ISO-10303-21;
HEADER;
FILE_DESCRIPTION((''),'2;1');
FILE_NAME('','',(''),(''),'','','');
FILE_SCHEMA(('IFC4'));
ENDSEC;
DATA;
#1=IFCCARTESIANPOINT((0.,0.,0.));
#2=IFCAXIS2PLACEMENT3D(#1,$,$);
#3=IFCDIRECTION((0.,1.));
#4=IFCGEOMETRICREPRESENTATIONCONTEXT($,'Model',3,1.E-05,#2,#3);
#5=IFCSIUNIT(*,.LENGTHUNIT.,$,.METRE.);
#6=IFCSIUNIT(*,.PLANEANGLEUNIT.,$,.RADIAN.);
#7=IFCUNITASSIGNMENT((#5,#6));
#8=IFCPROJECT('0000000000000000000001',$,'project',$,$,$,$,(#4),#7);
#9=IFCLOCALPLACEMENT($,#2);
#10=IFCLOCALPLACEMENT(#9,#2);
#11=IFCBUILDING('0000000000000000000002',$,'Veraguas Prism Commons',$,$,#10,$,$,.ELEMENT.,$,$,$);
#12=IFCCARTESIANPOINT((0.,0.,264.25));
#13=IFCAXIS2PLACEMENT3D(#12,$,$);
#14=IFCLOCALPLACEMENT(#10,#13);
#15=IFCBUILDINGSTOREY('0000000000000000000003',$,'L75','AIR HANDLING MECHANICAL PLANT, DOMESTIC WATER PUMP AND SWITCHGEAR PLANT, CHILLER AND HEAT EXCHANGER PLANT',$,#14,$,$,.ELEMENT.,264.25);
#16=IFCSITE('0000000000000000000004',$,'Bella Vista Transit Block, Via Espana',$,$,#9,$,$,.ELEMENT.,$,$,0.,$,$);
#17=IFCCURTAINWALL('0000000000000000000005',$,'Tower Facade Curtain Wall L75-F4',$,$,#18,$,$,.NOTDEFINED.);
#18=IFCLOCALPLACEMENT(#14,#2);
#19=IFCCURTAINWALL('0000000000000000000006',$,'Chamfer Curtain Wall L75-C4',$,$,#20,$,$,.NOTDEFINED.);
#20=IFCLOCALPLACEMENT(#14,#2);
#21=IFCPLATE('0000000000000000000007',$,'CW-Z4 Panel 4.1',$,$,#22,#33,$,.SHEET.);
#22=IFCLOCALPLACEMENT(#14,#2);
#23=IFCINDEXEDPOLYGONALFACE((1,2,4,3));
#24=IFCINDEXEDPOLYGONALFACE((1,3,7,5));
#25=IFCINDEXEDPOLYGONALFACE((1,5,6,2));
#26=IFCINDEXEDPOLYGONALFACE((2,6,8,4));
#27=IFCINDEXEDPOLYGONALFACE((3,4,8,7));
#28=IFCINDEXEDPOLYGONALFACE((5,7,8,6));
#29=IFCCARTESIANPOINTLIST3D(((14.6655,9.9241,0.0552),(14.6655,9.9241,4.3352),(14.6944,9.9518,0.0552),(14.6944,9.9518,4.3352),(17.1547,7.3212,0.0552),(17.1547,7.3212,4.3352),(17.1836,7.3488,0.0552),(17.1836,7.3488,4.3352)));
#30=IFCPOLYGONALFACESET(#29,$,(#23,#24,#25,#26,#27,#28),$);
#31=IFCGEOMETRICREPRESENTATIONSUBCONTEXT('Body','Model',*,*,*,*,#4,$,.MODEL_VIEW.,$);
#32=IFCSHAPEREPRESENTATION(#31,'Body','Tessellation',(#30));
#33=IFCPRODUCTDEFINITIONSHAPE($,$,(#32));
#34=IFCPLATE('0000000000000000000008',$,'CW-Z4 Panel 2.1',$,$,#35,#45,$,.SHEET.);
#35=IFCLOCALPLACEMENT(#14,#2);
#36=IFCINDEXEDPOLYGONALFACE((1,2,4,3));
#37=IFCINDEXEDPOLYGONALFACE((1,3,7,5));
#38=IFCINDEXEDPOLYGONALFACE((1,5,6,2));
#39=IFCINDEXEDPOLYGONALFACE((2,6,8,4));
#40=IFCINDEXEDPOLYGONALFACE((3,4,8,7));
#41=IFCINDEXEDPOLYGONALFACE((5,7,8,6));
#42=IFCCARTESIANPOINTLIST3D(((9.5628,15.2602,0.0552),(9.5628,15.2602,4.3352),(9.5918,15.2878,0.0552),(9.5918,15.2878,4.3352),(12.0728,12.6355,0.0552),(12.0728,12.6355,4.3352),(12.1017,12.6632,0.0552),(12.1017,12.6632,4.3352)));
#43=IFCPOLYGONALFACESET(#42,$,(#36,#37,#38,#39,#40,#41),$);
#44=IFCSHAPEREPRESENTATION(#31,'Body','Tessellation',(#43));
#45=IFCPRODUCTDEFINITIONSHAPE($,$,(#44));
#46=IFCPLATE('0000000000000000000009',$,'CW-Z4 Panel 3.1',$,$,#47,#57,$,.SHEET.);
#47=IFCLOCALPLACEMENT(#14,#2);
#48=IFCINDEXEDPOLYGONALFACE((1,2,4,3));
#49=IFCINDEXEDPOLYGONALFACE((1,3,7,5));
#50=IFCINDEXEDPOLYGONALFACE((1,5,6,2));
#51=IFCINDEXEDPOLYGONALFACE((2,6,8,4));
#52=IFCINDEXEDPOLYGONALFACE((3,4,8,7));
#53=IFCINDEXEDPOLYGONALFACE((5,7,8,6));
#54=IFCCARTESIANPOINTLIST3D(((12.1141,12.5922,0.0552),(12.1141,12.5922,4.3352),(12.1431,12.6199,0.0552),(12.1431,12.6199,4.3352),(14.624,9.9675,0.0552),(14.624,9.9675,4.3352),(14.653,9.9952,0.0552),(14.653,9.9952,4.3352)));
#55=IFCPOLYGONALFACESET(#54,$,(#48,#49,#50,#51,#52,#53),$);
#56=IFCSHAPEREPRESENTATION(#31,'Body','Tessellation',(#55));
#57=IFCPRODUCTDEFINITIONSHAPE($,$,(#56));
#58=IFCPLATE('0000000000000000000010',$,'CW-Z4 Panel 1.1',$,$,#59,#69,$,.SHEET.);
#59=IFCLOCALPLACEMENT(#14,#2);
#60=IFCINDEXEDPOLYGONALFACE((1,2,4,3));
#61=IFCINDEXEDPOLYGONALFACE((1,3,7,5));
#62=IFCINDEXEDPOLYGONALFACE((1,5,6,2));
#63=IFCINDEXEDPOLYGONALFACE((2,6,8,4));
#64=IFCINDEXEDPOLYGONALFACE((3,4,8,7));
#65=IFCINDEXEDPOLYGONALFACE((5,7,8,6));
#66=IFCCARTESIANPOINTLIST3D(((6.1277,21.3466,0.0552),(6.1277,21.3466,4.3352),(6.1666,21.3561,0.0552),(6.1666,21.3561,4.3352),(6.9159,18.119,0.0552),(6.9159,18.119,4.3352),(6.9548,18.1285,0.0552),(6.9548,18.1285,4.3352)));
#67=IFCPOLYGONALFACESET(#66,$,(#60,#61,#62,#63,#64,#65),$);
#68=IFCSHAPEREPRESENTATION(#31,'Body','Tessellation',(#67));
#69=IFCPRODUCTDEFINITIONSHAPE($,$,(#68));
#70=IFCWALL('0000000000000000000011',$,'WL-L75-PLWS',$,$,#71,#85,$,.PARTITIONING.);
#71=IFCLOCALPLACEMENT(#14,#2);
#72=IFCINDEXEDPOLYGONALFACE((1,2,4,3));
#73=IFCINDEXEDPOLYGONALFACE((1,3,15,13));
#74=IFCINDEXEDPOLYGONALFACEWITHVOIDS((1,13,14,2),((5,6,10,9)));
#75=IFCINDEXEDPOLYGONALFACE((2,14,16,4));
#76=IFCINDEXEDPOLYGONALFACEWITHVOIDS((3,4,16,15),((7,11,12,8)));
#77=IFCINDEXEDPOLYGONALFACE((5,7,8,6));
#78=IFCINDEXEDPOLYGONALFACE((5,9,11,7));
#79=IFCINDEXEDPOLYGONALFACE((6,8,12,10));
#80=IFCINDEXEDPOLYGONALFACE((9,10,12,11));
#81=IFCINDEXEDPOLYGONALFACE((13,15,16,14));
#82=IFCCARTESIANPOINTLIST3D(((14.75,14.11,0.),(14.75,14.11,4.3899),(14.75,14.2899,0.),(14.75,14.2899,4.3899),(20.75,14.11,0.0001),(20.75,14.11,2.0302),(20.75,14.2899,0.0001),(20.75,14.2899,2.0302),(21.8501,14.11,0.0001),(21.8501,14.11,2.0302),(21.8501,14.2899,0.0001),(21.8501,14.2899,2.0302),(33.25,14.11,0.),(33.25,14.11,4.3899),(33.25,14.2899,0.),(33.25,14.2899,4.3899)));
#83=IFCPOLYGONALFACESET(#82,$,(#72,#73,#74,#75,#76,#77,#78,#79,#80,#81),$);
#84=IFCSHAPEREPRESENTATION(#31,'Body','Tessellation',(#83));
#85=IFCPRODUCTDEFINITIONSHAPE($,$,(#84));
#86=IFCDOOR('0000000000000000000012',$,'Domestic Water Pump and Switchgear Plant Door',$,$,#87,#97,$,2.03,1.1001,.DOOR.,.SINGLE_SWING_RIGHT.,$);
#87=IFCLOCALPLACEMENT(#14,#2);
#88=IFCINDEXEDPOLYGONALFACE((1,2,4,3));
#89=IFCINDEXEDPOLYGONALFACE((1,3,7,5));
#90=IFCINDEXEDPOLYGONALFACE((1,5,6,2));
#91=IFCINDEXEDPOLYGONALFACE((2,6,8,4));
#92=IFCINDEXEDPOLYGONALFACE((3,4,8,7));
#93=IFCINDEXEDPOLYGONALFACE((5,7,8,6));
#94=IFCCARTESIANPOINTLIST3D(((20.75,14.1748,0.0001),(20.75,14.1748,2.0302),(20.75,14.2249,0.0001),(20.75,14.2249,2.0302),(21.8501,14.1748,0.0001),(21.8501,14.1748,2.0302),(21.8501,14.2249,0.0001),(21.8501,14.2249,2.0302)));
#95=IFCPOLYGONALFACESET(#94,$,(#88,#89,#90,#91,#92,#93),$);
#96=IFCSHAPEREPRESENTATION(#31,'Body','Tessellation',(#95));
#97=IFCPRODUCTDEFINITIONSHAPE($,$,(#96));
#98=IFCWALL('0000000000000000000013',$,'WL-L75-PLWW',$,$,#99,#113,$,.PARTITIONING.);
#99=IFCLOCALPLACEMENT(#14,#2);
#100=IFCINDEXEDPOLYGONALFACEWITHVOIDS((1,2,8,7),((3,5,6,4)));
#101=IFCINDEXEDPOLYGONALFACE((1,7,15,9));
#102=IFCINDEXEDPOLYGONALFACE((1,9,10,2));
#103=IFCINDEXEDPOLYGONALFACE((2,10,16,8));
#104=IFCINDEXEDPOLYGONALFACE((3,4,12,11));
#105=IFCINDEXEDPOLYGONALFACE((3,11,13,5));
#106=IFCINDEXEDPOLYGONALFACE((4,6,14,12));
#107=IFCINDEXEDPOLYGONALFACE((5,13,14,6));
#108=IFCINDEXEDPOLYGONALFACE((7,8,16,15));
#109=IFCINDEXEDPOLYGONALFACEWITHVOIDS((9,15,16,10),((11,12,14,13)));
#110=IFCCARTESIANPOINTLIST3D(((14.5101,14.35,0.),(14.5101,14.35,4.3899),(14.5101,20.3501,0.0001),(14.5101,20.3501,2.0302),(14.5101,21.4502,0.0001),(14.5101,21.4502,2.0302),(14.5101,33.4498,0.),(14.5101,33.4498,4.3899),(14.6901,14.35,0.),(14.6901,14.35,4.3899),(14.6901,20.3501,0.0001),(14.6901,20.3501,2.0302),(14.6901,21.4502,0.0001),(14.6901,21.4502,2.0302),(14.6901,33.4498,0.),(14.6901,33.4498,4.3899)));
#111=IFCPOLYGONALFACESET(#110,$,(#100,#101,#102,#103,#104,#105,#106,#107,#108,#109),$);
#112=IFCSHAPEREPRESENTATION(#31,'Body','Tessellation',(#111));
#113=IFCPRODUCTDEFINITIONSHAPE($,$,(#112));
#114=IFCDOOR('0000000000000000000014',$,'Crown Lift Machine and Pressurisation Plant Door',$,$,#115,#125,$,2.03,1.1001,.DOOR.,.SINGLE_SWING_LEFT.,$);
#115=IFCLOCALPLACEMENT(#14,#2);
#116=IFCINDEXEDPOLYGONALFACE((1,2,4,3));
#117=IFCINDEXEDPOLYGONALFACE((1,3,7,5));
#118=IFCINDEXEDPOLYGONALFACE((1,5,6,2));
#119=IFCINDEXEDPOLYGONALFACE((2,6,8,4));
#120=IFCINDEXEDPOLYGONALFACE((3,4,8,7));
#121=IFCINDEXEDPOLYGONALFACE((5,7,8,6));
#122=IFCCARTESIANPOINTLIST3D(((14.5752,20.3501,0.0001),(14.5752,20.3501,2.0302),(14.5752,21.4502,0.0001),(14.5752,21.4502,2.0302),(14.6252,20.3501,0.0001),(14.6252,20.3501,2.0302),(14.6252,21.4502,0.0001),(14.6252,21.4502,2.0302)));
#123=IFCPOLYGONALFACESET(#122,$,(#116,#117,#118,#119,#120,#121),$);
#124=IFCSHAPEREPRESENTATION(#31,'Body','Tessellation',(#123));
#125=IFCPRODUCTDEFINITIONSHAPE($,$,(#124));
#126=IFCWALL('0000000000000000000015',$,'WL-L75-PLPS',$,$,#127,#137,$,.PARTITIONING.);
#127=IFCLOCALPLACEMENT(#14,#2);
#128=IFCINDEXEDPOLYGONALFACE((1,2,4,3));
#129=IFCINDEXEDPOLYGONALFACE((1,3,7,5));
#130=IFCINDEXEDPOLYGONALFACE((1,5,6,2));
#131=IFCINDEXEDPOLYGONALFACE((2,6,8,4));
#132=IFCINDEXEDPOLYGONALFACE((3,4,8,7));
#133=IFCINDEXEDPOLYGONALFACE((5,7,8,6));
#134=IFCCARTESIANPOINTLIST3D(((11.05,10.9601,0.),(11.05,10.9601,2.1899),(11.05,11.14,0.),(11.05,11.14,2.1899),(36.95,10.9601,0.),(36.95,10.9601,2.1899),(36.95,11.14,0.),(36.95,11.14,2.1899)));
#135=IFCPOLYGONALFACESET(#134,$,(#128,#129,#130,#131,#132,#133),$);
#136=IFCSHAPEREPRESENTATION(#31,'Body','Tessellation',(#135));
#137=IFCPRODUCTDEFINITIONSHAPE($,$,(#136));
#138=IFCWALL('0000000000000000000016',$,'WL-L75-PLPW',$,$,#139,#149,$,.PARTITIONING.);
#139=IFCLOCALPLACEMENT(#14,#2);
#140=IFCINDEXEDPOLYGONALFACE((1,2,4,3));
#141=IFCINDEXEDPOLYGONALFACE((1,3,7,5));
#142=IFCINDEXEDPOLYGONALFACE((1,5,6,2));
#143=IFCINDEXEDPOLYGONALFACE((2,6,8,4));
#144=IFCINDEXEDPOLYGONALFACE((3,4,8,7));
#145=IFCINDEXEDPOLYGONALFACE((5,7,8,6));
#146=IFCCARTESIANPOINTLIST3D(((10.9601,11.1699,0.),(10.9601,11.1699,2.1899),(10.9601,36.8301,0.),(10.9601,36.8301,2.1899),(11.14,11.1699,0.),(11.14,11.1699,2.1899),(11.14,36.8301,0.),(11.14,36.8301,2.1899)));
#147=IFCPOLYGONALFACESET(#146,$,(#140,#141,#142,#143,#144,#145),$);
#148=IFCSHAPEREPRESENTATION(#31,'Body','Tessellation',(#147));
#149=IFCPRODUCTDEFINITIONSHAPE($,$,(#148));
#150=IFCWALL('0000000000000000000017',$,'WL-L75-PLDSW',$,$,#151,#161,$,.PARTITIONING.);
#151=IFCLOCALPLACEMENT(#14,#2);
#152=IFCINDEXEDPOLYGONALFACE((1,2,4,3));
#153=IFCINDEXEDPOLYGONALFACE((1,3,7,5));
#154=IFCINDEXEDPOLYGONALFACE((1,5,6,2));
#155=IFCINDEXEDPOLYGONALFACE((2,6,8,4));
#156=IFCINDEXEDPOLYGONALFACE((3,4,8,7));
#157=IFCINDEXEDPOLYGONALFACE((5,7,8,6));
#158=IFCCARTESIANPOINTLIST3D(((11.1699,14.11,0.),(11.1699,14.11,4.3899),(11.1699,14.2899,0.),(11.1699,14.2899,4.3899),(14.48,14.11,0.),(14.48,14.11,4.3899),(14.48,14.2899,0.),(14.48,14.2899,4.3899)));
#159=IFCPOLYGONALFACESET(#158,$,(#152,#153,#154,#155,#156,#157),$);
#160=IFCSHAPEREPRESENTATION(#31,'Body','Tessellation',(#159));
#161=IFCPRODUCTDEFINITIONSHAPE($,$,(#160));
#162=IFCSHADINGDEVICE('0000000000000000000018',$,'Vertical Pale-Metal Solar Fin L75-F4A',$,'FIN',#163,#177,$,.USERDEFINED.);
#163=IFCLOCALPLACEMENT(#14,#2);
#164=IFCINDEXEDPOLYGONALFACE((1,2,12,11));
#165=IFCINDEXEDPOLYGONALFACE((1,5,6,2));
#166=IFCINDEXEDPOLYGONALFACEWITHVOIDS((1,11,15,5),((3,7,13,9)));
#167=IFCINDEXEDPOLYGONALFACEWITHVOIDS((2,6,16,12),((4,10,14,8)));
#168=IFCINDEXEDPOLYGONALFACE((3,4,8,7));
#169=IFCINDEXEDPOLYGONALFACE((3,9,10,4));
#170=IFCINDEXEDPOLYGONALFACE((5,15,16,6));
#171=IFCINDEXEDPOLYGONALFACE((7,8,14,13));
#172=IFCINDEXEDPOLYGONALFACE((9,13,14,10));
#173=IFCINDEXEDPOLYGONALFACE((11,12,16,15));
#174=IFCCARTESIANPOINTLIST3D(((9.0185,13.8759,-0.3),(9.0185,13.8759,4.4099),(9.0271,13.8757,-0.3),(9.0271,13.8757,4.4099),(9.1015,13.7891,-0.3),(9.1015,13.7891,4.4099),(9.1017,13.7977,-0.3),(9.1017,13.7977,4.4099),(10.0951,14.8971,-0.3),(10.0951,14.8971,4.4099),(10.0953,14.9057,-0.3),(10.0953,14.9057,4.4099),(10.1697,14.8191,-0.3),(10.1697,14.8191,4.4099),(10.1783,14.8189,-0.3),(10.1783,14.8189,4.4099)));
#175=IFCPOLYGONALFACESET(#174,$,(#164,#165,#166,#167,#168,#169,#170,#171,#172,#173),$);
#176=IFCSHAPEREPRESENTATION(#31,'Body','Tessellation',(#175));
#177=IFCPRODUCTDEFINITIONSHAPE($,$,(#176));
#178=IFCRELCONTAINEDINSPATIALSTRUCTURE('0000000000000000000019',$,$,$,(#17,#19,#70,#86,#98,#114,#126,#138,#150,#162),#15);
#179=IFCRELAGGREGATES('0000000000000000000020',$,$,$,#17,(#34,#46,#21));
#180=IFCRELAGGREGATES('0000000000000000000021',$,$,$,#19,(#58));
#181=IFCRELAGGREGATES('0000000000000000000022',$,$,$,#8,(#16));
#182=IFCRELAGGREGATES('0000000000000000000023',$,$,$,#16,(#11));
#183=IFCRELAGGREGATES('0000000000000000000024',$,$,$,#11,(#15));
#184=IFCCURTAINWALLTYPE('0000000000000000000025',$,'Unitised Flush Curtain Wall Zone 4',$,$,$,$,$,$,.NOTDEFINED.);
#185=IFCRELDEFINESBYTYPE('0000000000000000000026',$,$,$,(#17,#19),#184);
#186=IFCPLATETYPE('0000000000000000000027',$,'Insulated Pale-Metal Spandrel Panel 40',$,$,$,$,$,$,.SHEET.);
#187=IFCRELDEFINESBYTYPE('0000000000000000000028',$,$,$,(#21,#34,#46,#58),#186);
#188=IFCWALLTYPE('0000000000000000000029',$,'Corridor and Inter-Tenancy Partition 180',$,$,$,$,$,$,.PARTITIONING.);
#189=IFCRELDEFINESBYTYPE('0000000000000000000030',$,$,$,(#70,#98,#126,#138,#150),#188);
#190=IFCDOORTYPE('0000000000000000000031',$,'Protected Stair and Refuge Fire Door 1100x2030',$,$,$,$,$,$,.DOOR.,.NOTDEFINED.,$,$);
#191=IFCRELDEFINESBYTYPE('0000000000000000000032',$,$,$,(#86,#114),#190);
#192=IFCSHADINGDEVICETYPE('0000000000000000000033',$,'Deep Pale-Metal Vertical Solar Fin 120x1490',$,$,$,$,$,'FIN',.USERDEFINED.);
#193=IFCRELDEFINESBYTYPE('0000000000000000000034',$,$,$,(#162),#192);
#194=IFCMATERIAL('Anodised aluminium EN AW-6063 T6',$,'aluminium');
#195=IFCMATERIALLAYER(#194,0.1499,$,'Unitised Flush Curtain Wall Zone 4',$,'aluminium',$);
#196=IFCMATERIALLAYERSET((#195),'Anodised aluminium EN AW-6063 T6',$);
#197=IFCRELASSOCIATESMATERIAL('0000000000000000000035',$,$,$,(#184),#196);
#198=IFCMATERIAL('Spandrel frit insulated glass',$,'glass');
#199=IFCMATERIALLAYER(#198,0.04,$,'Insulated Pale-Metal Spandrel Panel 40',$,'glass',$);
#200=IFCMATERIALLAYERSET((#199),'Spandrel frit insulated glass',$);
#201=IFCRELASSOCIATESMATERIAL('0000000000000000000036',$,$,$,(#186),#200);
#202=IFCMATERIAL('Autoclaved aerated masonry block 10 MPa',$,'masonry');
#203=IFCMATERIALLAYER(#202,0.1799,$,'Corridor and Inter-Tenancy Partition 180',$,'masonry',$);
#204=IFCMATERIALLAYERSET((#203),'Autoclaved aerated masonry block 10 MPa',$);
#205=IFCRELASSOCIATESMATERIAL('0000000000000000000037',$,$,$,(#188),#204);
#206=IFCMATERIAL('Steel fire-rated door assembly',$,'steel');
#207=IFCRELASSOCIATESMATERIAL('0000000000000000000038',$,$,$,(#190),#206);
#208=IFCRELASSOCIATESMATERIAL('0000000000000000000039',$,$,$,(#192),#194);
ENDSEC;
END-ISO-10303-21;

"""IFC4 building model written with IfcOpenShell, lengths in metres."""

from ifc_helpers import new_model, si_unit, direction, frame, frame_2d, origin, origin_2d, place, context, subcontext, project, spatial, rectangle, hollow_rectangle, extrude, source, transform, mapped, material, layer, layer_set, material_profile, profile_set, type_object, element, fill, aggregate, save


model = new_model("IFC4")

# Units and contexts
model_context = context("Model", 3, precision=1e-05, world=origin(), true_north=direction((0.0, 1.0)))
body_context = subcontext(model_context, "Body", "Model", "MODEL_VIEW")
ifc_project = project(units=[si_unit("LENGTHUNIT", "METRE"), si_unit("PLANEANGLEUNIT", "RADIAN")], contexts=[model_context])

# Site, building, storey
site_placement = place(None, origin())
site = spatial("IfcSite", under=ifc_project, at=site_placement, Name="Bella Vista Transit Block, Via Espana", CompositionType="ELEMENT", RefElevation=0.0)
building_placement = place(site_placement, origin())
building = spatial("IfcBuilding", under=site, at=building_placement, Name="Veraguas Prism Commons", CompositionType="ELEMENT")
storey_placement = place(building_placement, frame((0.0, 0.0, 264.25)))
storey = spatial("IfcBuildingStorey", under=building, at=storey_placement, Name="L75", Description="AIR HANDLING MECHANICAL PLANT, DOMESTIC WATER PUMP AND SWITCHGEAR PLANT, CHILLER AND HEAT EXCHANGER PLANT", CompositionType="ELEMENT", Elevation=264.25)

# Curtain wall
ifc_material_1 = material(Name="Anodised aluminium EN AW-6063 T6", Category="aluminium")
ifc_layer_1 = layer(ifc_material_1, 0.1499, Name="Unitised Flush Curtain Wall Zone 4", Category="aluminium")
ifc_layer_set_1 = layer_set([ifc_layer_1], Name="Anodised aluminium EN AW-6063 T6")
curtain_wall_type = type_object("IfcCurtainWallType", Name="Unitised Flush Curtain Wall Zone 4", PredefinedType="NOTDEFINED", material=ifc_layer_set_1)
curtain_wall_1_placement = place(storey_placement, origin())
curtain_wall_1 = element("IfcCurtainWall", 1, at=curtain_wall_1_placement, inside=storey, type_object=curtain_wall_type, Name="Tower Facade Curtain Wall L75-F4", PredefinedType="NOTDEFINED")

# Curtain wall
curtain_wall_2_placement = place(storey_placement, origin())
curtain_wall_2 = element("IfcCurtainWall", 2, at=curtain_wall_2_placement, inside=storey, type_object=curtain_wall_type, Name="Chamfer Curtain Wall L75-C4", PredefinedType="NOTDEFINED")

# Plates
ifc_material_2 = material(Name="Spandrel frit insulated glass", Category="glass")
ifc_layer_2 = layer(ifc_material_2, 0.04, Name="Insulated Pale-Metal Spandrel Panel 40", Category="glass")
ifc_layer_set_2 = layer_set([ifc_layer_2], Name="Spandrel frit insulated glass")
plate_type_1 = type_object("IfcPlateType", Name="Insulated Pale-Metal Spandrel Panel 40", PredefinedType="SHEET", material=ifc_layer_set_2)
shared_shape_1 = source(origin(), body_context, "Body", "SweptSolid", [
    extrude(rectangle(XDim=3.6016, YDim=0.04, at=origin_2d()), origin(), (0.0, 0.0, 1.0), 4.28),
])
plate_1_placement = place(storey_placement, frame((15.9246, 8.6365, 0.0552), z_axis=(0.0, 0.0, 1.0), x_axis=(0.691135, -0.722726, 0.0)))
plate_1 = element("IfcPlate", 3, at=plate_1_placement, type_object=plate_type_1, Name="CW-Z4 Panel 4.1", PredefinedType="SHEET", context=body_context, shape_type="MappedRepresentation", body=[
    mapped(shared_shape_1, transform((0.0, 0.0, 0.0), scale=1.0)),
])
shared_shape_2 = source(origin(), body_context, "Body", "SweptSolid", [
    extrude(rectangle(XDim=3.6316, YDim=0.04, at=origin_2d()), origin(), (0.0, 0.0, 1.0), 4.28),
])
plate_2_placement = place(storey_placement, frame((10.8323, 13.9617, 0.0552), z_axis=(0.0, 0.0, 1.0), x_axis=(0.691135, -0.722726, 0.0)))
plate_2 = element("IfcPlate", 4, at=plate_2_placement, type_object=plate_type_1, Name="CW-Z4 Panel 2.1", PredefinedType="SHEET", context=body_context, shape_type="MappedRepresentation", body=[
    mapped(shared_shape_2, transform((0.0, 0.0, 0.0), scale=1.0)),
])
plate_3_placement = place(storey_placement, frame((13.3835, 11.2937, 0.0552), z_axis=(0.0, 0.0, 1.0), x_axis=(0.691135, -0.722726, 0.0)))
plate_3 = element("IfcPlate", 5, at=plate_3_placement, type_object=plate_type_1, Name="CW-Z4 Panel 3.1", PredefinedType="SHEET", context=body_context, shape_type="MappedRepresentation", body=[
    mapped(shared_shape_2, transform((0.0, 0.0, 0.0), scale=1.0)),
])
aggregate(curtain_wall_1, [plate_2, plate_3, plate_1])
shared_shape_3 = source(origin(), body_context, "Body", "SweptSolid", [
    extrude(rectangle(XDim=3.3225, YDim=0.04, at=origin_2d()), origin(), (0.0, 0.0, 1.0), 4.28),
])
plate_4_placement = place(storey_placement, frame((6.5413, 19.7375, 0.0552), z_axis=(0.0, 0.0, 1.0), x_axis=(0.237208, -0.971459, 0.0)))
plate_4 = element("IfcPlate", 6, at=plate_4_placement, type_object=plate_type_1, Name="CW-Z4 Panel 1.1", PredefinedType="SHEET", context=body_context, shape_type="MappedRepresentation", body=[
    mapped(shared_shape_3, transform((0.0, 0.0, 0.0), scale=1.0)),
])
aggregate(curtain_wall_2, [plate_4])

# Walls, openings, doors
ifc_material_3 = material(Name="Autoclaved aerated masonry block 10 MPa", Category="masonry")
ifc_layer_3 = layer(ifc_material_3, 0.1799, Name="Corridor and Inter-Tenancy Partition 180", Category="masonry")
ifc_layer_set_3 = layer_set([ifc_layer_3], Name="Autoclaved aerated masonry block 10 MPa")
wall_type = type_object("IfcWallType", Name="Corridor and Inter-Tenancy Partition 180", PredefinedType="PARTITIONING", material=ifc_layer_set_3)
wall_1_placement = place(storey_placement, frame((14.75, 14.2, 0.0), z_axis=(0.0, 0.0, 1.0), x_axis=(1.0, 0.0, 0.0)))
wall_1 = element("IfcWall", 7, at=wall_1_placement, inside=storey, type_object=wall_type, Name="WL-L75-PLWS", PredefinedType="PARTITIONING", context=body_context, shape_type="SweptSolid", body=[
    extrude(rectangle(XDim=18.5, YDim=0.1799, at=frame_2d((9.25, 0.0))), origin(), (0.0, 0.0, 1.0), 4.3899),
])
opening_1_placement = place(wall_1_placement, frame((6.0, 0.0, 0.0)))
opening_1 = element("IfcOpeningElement", 8, at=opening_1_placement, cuts=wall_1, PredefinedType="OPENING", context=body_context, shape_type="SweptSolid", body=[
    extrude(rectangle(XDim=1.1001, YDim=2.03, at=frame_2d((0.55, 1.0151))), frame((0.0, 0.0999, 0.0), z_axis=(0.0, -1.0, 0.0), x_axis=(1.0, 0.0, 0.0)), (0.0, 0.0, 1.0), 0.2),
])
ifc_material_4 = material(Name="Steel fire-rated door assembly", Category="steel")
door_type = type_object("IfcDoorType", Name="Protected Stair and Refuge Fire Door 1100x2030", OperationType="NOTDEFINED", PredefinedType="DOOR", material=ifc_material_4)
shared_shape_4 = source(origin(), body_context, "Body", "SweptSolid", [
    extrude(rectangle(XDim=1.1001, YDim=2.03, at=frame_2d((0.55, 1.0151))), frame((0.0, 0.0249, 0.0), z_axis=(0.0, -1.0, 0.0), x_axis=(1.0, 0.0, 0.0)), (0.0, 0.0, 1.0), 0.05),
])
door_1_placement = place(opening_1_placement, origin())
door_1 = element("IfcDoor", 9, at=door_1_placement, inside=storey, type_object=door_type, Name="Domestic Water Pump and Switchgear Plant Door", OperationType="SINGLE_SWING_RIGHT", OverallHeight=2.03, OverallWidth=1.1001, PredefinedType="DOOR", context=body_context, shape_type="MappedRepresentation", body=[
    mapped(shared_shape_4, transform((0.0, 0.0, 0.0), scale=1.0)),
])
fill(opening_1, door_1)
wall_2_placement = place(storey_placement, frame((14.6001, 14.3501, 0.0), z_axis=(0.0, 0.0, 1.0), x_axis=(0.0, 1.0, 0.0)))
wall_2 = element("IfcWall", 10, at=wall_2_placement, inside=storey, type_object=wall_type, Name="WL-L75-PLWW", PredefinedType="PARTITIONING", context=body_context, shape_type="SweptSolid", body=[
    extrude(rectangle(XDim=19.0999, YDim=0.1799, at=frame_2d((9.5498, 0.0))), origin(), (0.0, 0.0, 1.0), 4.3899),
])
opening_2_placement = place(wall_2_placement, frame((6.0, 0.0, 0.0)))
opening_2 = element("IfcOpeningElement", 11, at=opening_2_placement, cuts=wall_2, PredefinedType="OPENING", context=body_context, shape_type="SweptSolid", body=[
    extrude(rectangle(XDim=1.1001, YDim=2.03, at=frame_2d((0.55, 1.0151))), frame((0.0, 0.0999, 0.0), z_axis=(0.0, -1.0, 0.0), x_axis=(1.0, 0.0, 0.0)), (0.0, 0.0, 1.0), 0.2),
])
door_2_placement = place(opening_2_placement, origin())
door_2 = element("IfcDoor", 12, at=door_2_placement, inside=storey, type_object=door_type, Name="Crown Lift Machine and Pressurisation Plant Door", OperationType="SINGLE_SWING_LEFT", OverallHeight=2.03, OverallWidth=1.1001, PredefinedType="DOOR", context=body_context, shape_type="MappedRepresentation", body=[
    mapped(shared_shape_4, transform((0.0, 0.0, 0.0), scale=1.0)),
])
fill(opening_2, door_2)

# Walls
wall_3_placement = place(storey_placement, frame((11.05, 11.05, 0.0), z_axis=(0.0, 0.0, 1.0), x_axis=(1.0, 0.0, 0.0)))
element("IfcWall", 13, at=wall_3_placement, inside=storey, type_object=wall_type, Name="WL-L75-PLPS", PredefinedType="PARTITIONING", context=body_context, shape_type="SweptSolid", body=[
    extrude(rectangle(XDim=25.8999, YDim=0.1799, at=frame_2d((12.95, 0.0))), origin(), (0.0, 0.0, 1.0), 2.1899),
])
wall_4_placement = place(storey_placement, frame((11.05, 11.1699, 0.0), z_axis=(0.0, 0.0, 1.0), x_axis=(0.0, 1.0, 0.0)))
element("IfcWall", 14, at=wall_4_placement, inside=storey, type_object=wall_type, Name="WL-L75-PLPW", PredefinedType="PARTITIONING", context=body_context, shape_type="SweptSolid", body=[
    extrude(rectangle(XDim=25.6602, YDim=0.1799, at=frame_2d((12.8301, 0.0))), origin(), (0.0, 0.0, 1.0), 2.1899),
])
wall_5_placement = place(storey_placement, frame((11.1699, 14.2, 0.0), z_axis=(0.0, 0.0, 1.0), x_axis=(1.0, 0.0, 0.0)))
element("IfcWall", 15, at=wall_5_placement, inside=storey, type_object=wall_type, Name="WL-L75-PLDSW", PredefinedType="PARTITIONING", context=body_context, shape_type="SweptSolid", body=[
    extrude(rectangle(XDim=3.3101, YDim=0.1799, at=frame_2d((1.655, 0.0))), origin(), (0.0, 0.0, 1.0), 4.3899),
])

# Shading device
ifc_material_profile_1 = material_profile(ifc_material_1, hollow_rectangle(XDim=0.1201, YDim=1.49, WallThickness=0.0061, at=origin_2d()), Name="FIN120X1490X6")
ifc_profile_set_1 = profile_set([ifc_material_profile_1], Name="Anodised aluminium EN AW-6063 T6")
shading_device_type_1 = type_object("IfcShadingDeviceType", Name="Deep Pale-Metal Vertical Solar Fin 120x1490", ElementType="FIN", PredefinedType="USERDEFINED", material=ifc_profile_set_1)
for number, where, z_axis, x_axis, name in (
    (16, (9.5984, 14.3474, -0.3), (0.0, 0.0, 1.0), (0.691133, -0.722727, 0.0), "Vertical Pale-Metal Solar Fin L75-F4A"),
):
    element("IfcShadingDevice", number, at=place(storey_placement, frame(where, z_axis=z_axis, x_axis=x_axis)), inside=storey, type_object=shading_device_type_1, Name=name, ObjectType="FIN", PredefinedType="USERDEFINED", context=body_context, shape_type="SweptSolid", body=[
        extrude(hollow_rectangle(XDim=0.1201, YDim=1.49, WallThickness=0.0061, at=origin_2d()), origin(), (0.0, 0.0, 1.0), 4.71),
    ])

save(model, "model.ifc")
